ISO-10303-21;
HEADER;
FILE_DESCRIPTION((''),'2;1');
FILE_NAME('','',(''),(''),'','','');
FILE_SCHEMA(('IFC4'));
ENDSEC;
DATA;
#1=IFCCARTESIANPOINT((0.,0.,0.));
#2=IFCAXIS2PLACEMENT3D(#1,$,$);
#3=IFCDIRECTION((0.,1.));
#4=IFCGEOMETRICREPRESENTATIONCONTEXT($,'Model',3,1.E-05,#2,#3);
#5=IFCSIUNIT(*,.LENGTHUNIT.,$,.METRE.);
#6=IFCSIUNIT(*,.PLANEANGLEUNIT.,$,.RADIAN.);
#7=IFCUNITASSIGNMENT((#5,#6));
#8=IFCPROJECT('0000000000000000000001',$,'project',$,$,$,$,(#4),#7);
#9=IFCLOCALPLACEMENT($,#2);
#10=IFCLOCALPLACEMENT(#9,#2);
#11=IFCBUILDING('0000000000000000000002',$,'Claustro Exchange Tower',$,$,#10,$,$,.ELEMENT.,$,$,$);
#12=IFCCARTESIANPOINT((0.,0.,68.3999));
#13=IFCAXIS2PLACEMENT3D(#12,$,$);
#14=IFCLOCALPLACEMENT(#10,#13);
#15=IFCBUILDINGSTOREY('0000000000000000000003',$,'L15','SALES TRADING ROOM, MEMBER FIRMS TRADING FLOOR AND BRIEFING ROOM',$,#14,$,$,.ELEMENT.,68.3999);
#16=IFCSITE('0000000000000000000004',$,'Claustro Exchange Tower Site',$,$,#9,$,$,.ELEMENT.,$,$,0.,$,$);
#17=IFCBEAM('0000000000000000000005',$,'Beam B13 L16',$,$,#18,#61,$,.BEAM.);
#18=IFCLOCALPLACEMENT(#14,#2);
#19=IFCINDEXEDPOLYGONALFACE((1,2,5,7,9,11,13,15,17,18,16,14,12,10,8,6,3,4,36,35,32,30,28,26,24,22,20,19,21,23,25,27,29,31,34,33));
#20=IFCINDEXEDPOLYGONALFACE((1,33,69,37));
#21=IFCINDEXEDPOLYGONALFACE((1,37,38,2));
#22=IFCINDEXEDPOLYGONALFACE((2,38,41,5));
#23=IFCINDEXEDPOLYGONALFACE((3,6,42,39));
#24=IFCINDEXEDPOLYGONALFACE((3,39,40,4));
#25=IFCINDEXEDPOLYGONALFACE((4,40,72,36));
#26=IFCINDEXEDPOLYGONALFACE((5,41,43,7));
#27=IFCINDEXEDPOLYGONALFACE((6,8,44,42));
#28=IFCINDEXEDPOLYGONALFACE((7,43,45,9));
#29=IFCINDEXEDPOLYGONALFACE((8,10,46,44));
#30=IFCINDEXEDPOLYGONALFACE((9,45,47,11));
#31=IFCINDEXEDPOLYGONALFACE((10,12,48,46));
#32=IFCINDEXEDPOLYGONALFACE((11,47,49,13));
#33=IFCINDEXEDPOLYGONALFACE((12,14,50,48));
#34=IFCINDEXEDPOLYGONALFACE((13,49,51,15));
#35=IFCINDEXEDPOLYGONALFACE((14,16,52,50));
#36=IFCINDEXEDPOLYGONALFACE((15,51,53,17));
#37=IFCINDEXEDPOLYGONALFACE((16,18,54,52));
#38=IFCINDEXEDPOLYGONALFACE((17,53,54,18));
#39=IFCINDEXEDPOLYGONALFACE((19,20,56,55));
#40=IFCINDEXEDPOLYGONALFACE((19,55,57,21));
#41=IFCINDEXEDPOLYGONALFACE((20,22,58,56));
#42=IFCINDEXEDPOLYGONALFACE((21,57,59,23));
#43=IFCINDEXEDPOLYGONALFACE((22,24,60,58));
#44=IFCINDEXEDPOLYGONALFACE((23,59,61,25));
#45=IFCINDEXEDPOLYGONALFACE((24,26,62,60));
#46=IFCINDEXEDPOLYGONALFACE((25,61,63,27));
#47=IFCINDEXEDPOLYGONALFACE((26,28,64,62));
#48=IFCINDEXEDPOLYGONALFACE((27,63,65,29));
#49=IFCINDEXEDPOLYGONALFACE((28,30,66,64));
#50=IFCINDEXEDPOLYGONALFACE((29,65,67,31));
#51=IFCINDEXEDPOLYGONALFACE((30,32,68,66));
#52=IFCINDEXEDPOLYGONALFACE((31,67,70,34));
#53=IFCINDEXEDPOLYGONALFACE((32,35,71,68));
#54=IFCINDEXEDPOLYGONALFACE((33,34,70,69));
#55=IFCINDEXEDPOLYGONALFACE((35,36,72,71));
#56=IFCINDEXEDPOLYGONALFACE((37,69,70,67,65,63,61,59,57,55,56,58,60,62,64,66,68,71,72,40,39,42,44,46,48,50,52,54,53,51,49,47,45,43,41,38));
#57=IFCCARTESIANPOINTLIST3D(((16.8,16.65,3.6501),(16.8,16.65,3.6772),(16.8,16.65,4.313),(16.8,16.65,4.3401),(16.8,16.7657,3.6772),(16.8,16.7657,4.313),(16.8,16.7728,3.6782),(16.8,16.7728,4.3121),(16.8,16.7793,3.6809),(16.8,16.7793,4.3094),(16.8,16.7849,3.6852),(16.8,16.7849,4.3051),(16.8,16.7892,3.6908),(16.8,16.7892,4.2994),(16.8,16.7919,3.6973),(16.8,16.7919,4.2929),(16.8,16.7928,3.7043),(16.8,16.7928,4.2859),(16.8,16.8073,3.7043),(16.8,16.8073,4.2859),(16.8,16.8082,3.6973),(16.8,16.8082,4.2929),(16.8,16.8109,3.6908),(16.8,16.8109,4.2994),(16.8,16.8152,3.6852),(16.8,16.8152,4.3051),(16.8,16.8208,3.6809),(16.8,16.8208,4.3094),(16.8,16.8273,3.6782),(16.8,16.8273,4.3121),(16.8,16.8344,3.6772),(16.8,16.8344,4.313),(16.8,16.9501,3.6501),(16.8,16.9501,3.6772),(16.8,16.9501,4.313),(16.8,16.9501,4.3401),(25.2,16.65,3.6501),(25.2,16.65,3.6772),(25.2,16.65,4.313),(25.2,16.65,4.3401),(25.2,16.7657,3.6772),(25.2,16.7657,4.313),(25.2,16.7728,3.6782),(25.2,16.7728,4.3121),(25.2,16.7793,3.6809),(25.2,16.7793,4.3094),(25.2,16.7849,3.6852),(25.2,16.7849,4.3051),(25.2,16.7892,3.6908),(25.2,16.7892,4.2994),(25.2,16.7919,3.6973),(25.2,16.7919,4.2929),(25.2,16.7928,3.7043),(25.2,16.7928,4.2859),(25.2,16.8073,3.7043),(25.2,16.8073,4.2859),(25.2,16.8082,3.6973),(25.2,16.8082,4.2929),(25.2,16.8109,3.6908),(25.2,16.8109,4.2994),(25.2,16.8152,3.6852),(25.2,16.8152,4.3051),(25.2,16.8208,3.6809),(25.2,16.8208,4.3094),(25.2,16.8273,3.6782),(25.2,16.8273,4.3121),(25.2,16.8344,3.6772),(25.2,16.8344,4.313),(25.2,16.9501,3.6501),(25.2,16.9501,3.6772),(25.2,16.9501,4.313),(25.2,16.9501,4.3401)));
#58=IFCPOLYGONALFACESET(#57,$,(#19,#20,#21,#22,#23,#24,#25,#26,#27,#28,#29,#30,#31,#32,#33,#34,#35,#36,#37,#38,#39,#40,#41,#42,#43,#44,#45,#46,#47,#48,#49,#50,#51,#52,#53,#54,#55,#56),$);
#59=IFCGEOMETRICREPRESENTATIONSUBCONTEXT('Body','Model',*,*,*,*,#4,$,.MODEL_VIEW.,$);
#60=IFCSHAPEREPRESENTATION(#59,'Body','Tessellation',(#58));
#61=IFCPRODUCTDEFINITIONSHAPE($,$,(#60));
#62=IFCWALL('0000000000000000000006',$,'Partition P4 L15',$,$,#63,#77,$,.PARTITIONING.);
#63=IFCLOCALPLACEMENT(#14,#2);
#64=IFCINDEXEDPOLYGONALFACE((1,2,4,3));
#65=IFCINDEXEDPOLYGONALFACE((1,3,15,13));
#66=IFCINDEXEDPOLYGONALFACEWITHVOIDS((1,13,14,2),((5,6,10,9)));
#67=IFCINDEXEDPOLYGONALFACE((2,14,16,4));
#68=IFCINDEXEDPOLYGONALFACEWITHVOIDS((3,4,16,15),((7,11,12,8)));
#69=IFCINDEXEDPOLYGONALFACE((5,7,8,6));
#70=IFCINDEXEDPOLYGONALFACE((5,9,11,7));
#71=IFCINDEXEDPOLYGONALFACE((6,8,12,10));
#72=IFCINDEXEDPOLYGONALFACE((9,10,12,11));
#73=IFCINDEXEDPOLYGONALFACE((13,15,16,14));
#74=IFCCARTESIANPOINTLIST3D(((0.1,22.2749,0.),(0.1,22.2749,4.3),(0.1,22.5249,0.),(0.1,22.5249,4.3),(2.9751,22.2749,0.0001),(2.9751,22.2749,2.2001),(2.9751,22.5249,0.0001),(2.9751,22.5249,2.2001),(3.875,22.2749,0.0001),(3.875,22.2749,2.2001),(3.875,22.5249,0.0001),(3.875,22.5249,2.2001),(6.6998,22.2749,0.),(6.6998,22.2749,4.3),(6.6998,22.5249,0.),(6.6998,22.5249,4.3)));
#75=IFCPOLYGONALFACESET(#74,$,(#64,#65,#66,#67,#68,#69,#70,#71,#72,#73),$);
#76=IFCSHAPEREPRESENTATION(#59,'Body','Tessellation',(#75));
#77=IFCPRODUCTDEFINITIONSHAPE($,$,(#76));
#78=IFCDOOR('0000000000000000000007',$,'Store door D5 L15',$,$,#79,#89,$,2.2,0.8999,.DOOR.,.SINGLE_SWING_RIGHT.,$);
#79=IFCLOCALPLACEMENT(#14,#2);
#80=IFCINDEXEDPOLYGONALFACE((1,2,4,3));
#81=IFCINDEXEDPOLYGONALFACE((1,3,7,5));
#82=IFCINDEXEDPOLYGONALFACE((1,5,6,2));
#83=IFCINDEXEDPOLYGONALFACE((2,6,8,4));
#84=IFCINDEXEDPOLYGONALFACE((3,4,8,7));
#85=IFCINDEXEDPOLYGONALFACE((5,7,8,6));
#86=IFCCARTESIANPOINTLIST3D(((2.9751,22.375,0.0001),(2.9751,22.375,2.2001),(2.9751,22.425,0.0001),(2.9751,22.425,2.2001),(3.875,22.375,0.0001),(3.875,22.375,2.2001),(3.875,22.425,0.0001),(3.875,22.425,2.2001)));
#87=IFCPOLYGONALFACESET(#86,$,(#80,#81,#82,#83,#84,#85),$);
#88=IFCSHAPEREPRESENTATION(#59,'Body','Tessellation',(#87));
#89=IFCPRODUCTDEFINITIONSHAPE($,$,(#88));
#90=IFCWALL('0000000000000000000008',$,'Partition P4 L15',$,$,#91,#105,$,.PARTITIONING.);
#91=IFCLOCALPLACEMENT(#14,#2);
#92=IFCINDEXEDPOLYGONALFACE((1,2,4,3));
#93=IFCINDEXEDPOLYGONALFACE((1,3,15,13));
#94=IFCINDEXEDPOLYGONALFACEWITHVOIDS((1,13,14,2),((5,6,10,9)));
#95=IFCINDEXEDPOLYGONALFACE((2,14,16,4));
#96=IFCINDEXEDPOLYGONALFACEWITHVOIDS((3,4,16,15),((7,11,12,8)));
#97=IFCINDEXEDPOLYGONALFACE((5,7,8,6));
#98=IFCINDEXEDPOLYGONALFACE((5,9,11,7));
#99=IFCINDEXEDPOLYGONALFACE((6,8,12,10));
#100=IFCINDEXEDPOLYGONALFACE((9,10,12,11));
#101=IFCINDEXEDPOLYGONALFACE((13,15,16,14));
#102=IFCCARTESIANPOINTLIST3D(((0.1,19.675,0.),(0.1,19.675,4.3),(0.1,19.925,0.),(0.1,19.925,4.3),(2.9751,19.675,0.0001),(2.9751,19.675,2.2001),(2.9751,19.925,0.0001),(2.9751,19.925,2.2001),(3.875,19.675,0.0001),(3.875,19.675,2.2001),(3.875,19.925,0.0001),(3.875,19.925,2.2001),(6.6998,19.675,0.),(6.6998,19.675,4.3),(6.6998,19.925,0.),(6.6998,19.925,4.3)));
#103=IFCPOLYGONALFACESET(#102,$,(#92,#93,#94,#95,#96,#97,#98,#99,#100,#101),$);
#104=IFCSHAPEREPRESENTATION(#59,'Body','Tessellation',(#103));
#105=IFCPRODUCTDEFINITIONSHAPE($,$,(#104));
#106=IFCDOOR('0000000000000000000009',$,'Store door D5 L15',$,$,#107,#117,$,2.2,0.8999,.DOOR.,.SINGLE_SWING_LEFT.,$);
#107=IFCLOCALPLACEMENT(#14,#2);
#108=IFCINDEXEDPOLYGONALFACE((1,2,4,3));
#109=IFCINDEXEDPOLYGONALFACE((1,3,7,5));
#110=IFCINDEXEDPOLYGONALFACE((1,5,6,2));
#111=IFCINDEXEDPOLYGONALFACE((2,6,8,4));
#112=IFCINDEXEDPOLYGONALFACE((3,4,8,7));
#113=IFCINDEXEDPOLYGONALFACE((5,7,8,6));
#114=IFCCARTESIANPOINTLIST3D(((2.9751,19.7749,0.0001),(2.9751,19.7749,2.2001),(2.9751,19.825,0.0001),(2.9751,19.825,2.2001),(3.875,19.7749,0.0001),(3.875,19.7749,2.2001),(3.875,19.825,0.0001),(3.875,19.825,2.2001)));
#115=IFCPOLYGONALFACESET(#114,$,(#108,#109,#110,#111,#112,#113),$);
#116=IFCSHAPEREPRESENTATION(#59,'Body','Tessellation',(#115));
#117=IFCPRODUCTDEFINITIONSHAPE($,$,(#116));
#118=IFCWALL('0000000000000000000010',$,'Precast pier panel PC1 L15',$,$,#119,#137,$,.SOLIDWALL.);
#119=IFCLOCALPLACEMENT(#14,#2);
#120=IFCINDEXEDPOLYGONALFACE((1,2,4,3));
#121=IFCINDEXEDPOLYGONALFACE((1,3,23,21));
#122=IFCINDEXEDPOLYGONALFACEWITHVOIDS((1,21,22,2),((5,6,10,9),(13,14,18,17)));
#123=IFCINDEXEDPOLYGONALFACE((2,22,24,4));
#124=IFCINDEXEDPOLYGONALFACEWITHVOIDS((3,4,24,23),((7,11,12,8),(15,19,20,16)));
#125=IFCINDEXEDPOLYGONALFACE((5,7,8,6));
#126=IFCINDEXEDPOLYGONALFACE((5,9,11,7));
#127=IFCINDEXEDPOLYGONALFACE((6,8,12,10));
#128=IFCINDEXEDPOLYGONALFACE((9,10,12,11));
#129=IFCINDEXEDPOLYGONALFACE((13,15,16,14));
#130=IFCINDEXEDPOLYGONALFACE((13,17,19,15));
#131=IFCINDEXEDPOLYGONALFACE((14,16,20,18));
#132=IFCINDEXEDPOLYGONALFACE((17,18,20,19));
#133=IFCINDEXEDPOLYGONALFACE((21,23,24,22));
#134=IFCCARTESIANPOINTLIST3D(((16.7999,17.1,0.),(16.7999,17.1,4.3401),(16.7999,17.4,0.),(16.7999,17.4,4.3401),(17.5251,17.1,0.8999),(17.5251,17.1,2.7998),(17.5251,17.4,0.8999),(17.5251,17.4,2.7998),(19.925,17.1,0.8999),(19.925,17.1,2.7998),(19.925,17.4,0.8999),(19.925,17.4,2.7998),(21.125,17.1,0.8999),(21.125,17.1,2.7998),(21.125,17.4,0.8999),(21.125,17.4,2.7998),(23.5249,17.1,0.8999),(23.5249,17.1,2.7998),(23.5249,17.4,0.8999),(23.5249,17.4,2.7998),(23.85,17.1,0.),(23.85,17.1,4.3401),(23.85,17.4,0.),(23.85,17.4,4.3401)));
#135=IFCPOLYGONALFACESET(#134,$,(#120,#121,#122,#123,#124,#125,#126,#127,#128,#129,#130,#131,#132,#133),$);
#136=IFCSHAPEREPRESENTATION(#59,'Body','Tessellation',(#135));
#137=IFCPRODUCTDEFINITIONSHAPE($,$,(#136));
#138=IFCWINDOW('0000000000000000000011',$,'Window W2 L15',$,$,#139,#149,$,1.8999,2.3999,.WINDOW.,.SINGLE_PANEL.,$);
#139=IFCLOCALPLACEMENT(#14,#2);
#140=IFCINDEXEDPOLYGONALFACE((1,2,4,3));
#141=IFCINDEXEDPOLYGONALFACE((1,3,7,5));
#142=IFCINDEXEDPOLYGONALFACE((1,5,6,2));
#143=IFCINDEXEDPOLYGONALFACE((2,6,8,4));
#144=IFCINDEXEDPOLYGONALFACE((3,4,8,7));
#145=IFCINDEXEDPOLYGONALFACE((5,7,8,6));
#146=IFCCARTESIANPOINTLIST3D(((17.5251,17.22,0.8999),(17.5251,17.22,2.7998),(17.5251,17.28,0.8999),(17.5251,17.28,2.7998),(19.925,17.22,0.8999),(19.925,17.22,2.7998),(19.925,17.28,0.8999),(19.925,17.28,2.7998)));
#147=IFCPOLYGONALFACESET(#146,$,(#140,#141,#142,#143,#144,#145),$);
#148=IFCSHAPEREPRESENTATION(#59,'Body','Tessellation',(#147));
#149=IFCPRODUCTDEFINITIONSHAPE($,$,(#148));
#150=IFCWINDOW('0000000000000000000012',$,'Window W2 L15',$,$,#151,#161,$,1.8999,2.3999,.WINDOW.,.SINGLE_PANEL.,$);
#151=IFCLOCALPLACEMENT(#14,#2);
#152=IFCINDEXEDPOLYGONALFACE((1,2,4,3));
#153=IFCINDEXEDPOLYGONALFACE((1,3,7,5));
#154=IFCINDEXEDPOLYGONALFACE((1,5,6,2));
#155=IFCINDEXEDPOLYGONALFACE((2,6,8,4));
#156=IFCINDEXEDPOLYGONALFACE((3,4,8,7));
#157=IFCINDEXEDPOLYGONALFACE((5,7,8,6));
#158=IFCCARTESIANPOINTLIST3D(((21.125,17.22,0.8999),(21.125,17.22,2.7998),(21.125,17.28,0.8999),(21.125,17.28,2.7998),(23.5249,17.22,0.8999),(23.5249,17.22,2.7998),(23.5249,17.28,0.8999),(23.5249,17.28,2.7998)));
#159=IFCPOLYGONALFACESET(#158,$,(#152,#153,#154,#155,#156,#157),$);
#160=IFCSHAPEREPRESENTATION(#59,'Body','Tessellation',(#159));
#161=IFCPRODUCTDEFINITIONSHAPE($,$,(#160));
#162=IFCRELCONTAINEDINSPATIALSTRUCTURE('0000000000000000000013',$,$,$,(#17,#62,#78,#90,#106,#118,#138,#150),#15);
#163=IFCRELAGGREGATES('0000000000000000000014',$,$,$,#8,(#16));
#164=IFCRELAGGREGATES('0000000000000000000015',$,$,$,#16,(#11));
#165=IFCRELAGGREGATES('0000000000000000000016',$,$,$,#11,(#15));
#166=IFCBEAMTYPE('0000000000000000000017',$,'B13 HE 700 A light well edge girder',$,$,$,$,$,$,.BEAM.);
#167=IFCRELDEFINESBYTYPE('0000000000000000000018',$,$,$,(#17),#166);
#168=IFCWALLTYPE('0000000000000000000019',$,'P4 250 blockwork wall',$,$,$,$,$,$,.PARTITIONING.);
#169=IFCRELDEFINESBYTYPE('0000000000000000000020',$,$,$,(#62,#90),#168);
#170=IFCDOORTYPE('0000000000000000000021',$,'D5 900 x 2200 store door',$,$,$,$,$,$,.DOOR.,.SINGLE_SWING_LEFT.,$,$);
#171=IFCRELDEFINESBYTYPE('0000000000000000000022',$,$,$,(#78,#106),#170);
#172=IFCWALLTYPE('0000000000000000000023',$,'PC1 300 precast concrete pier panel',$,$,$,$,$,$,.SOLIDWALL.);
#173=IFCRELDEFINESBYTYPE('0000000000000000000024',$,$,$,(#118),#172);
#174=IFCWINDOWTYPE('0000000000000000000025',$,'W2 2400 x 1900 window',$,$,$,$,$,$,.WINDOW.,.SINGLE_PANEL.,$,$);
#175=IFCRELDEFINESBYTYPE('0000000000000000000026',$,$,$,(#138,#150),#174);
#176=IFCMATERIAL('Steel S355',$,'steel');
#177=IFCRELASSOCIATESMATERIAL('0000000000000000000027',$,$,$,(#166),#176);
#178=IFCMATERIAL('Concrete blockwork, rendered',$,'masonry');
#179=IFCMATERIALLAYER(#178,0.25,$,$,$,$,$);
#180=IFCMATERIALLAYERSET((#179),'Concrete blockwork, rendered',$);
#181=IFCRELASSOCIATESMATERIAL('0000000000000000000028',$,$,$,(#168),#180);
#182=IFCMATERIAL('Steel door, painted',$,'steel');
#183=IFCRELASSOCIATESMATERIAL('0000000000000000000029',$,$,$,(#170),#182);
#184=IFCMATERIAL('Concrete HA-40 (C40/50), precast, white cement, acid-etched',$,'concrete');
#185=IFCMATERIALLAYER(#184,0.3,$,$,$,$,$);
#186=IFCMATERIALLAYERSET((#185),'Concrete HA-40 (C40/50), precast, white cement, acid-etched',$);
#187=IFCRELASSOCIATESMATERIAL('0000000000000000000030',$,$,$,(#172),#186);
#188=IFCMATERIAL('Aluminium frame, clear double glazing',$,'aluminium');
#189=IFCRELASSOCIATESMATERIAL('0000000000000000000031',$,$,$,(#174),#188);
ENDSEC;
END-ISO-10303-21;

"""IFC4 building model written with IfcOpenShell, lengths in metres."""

from ifc_helpers import new_model, si_unit, direction, frame, frame_2d, origin, origin_2d, place, context, subcontext, project, spatial, rectangle, i_section, extrude, material, layer, layer_set, material_profile, profile_set, type_object, element, fill, save


model = new_model("IFC4")

# Units and contexts
model_context = context("Model", 3, precision=1e-05, world=origin(), true_north=direction((0.0, 1.0)))
body_context = subcontext(model_context, "Body", "Model", "MODEL_VIEW")
ifc_project = project(units=[si_unit("LENGTHUNIT", "METRE"), si_unit("PLANEANGLEUNIT", "RADIAN")], contexts=[model_context])

# Site, building, storey
site_placement = place(None, origin())
site = spatial("IfcSite", under=ifc_project, at=site_placement, Name="Claustro Exchange Tower Site", CompositionType="ELEMENT", RefElevation=0.0)
building_placement = place(site_placement, origin())
building = spatial("IfcBuilding", under=site, at=building_placement, Name="Claustro Exchange Tower", CompositionType="ELEMENT")
storey_placement = place(building_placement, frame((0.0, 0.0, 68.3999)))
storey = spatial("IfcBuildingStorey", under=building, at=storey_placement, Name="L15", Description="SALES TRADING ROOM, MEMBER FIRMS TRADING FLOOR AND BRIEFING ROOM", CompositionType="ELEMENT", Elevation=68.3999)

# Beam
ifc_material_1 = material(Name="Steel S355", Category="steel")
ifc_material_profile = material_profile(ifc_material_1, i_section(OverallWidth=0.3, OverallDepth=0.6899, WebThickness=0.0144, FlangeThickness=0.0271, FilletRadius=0.0271, at=origin_2d()), Name="HE 700 A")
ifc_profile_set = profile_set([ifc_material_profile], Name="Steel S355")
beam_type = type_object("IfcBeamType", Name="B13 HE 700 A light well edge girder", PredefinedType="BEAM", material=ifc_profile_set)
beam_placement = place(storey_placement, frame((16.8, 16.8, 3.9951), z_axis=(1.0, 0.0, 0.0), x_axis=(0.0, 1.0, 0.0)))
element("IfcBeam", 1, at=beam_placement, inside=storey, type_object=beam_type, Name="Beam B13 L16", PredefinedType="BEAM", context=body_context, shape_type="SweptSolid", body=[
    extrude(i_section(OverallWidth=0.3, OverallDepth=0.6899, WebThickness=0.0144, FlangeThickness=0.0271, FilletRadius=0.0271, at=origin_2d()), origin(), (0.0, 0.0, 1.0), 8.3999),
])

# Walls, openings, doors
ifc_material_2 = material(Name="Concrete blockwork, rendered", Category="masonry")
ifc_layer_1 = layer(ifc_material_2, 0.25)
ifc_layer_set_1 = layer_set([ifc_layer_1], Name="Concrete blockwork, rendered")
wall_type_1 = type_object("IfcWallType", Name="P4 250 blockwork wall", PredefinedType="PARTITIONING", material=ifc_layer_set_1)
wall_1_placement = place(storey_placement, frame((0.1001, 22.3999, 0.0), z_axis=(0.0, 0.0, 1.0), x_axis=(1.0, 0.0, 0.0)))
wall_1 = element("IfcWall", 2, at=wall_1_placement, inside=storey, type_object=wall_type_1, Name="Partition P4 L15", PredefinedType="PARTITIONING", context=body_context, shape_type="SweptSolid", body=[
    extrude(rectangle(XDim=6.5999, YDim=0.25, at=frame_2d((3.2998, 0.0))), origin(), (0.0, 0.0, 1.0), 4.3),
])
opening_1_placement = place(wall_1_placement, frame((2.875, 0.0, 0.0)))
opening_1 = element("IfcOpeningElement", 3, at=opening_1_placement, cuts=wall_1, PredefinedType="OPENING", context=body_context, shape_type="SweptSolid", body=[
    extrude(rectangle(XDim=0.8999, YDim=2.2, at=frame_2d((0.45, 1.1001))), frame((0.0, 0.135, 0.0), z_axis=(0.0, -1.0, 0.0), x_axis=(1.0, 0.0, 0.0)), (0.0, 0.0, 1.0), 0.27),
])
ifc_material_3 = material(Name="Steel door, painted", Category="steel")
door_type = type_object("IfcDoorType", Name="D5 900 x 2200 store door", OperationType="SINGLE_SWING_LEFT", PredefinedType="DOOR", material=ifc_material_3)
door_1_placement = place(opening_1_placement, frame((0.8999, 0.0, 0.0), z_axis=(0.0, 0.0, 1.0), x_axis=(-1.0, 0.0, 0.0)))
door_1 = element("IfcDoor", 4, at=door_1_placement, inside=storey, type_object=door_type, Name="Store door D5 L15", OperationType="SINGLE_SWING_RIGHT", OverallHeight=2.2, OverallWidth=0.8999, PredefinedType="DOOR", context=body_context, shape_type="SweptSolid", body=[
    extrude(rectangle(XDim=0.8999, YDim=2.2, at=frame_2d((0.45, 1.1001))), frame((0.0, 0.0249, 0.0), z_axis=(0.0, -1.0, 0.0), x_axis=(1.0, 0.0, 0.0)), (0.0, 0.0, 1.0), 0.05),
])
fill(opening_1, door_1)
wall_2_placement = place(storey_placement, frame((0.1001, 19.8, 0.0), z_axis=(0.0, 0.0, 1.0), x_axis=(1.0, 0.0, 0.0)))
wall_2 = element("IfcWall", 5, at=wall_2_placement, inside=storey, type_object=wall_type_1, Name="Partition P4 L15", PredefinedType="PARTITIONING", context=body_context, shape_type="SweptSolid", body=[
    extrude(rectangle(XDim=6.5999, YDim=0.25, at=frame_2d((3.2998, 0.0))), origin(), (0.0, 0.0, 1.0), 4.3),
])
opening_2_placement = place(wall_2_placement, frame((2.875, 0.0, 0.0)))
opening_2 = element("IfcOpeningElement", 6, at=opening_2_placement, cuts=wall_2, PredefinedType="OPENING", context=body_context, shape_type="SweptSolid", body=[
    extrude(rectangle(XDim=0.8999, YDim=2.2, at=frame_2d((0.45, 1.1001))), frame((0.0, 0.135, 0.0), z_axis=(0.0, -1.0, 0.0), x_axis=(1.0, 0.0, 0.0)), (0.0, 0.0, 1.0), 0.27),
])
door_2_placement = place(opening_2_placement, origin())
door_2 = element("IfcDoor", 7, at=door_2_placement, inside=storey, type_object=door_type, Name="Store door D5 L15", OperationType="SINGLE_SWING_LEFT", OverallHeight=2.2, OverallWidth=0.8999, PredefinedType="DOOR", context=body_context, shape_type="SweptSolid", body=[
    extrude(rectangle(XDim=0.8999, YDim=2.2, at=frame_2d((0.45, 1.1001))), frame((0.0, 0.0249, 0.0), z_axis=(0.0, -1.0, 0.0), x_axis=(1.0, 0.0, 0.0)), (0.0, 0.0, 1.0), 0.05),
])
fill(opening_2, door_2)

# Wall, openings, windows
ifc_material_4 = material(Name="Concrete HA-40 (C40/50), precast, white cement, acid-etched", Category="concrete")
ifc_layer_2 = layer(ifc_material_4, 0.3)
ifc_layer_set_2 = layer_set([ifc_layer_2], Name="Concrete HA-40 (C40/50), precast, white cement, acid-etched")
wall_type_2 = type_object("IfcWallType", Name="PC1 300 precast concrete pier panel", PredefinedType="SOLIDWALL", material=ifc_layer_set_2)
wall_3_placement = place(storey_placement, frame((16.8, 17.25, 0.0), z_axis=(0.0, 0.0, 1.0), x_axis=(1.0, 0.0, 0.0)))
wall_3 = element("IfcWall", 8, at=wall_3_placement, inside=storey, type_object=wall_type_2, Name="Precast pier panel PC1 L15", PredefinedType="SOLIDWALL", context=body_context, shape_type="SweptSolid", body=[
    extrude(rectangle(XDim=7.05, YDim=0.3, at=frame_2d((3.5249, 0.0))), origin(), (0.0, 0.0, 1.0), 4.3401),
])
opening_3_placement = place(wall_3_placement, frame((0.7251, 0.0, 0.8999)))
opening_3 = element("IfcOpeningElement", 9, at=opening_3_placement, cuts=wall_3, PredefinedType="OPENING", context=body_context, shape_type="SweptSolid", body=[
    extrude(rectangle(XDim=2.3999, YDim=1.8999, at=frame_2d((1.2, 0.95))), frame((0.0, 0.1599, 0.0), z_axis=(0.0, -1.0, 0.0), x_axis=(1.0, 0.0, 0.0)), (0.0, 0.0, 1.0), 0.3201),
])
opening_4_placement = place(wall_3_placement, frame((4.325, 0.0, 0.8999)))
opening_4 = element("IfcOpeningElement", 10, at=opening_4_placement, cuts=wall_3, PredefinedType="OPENING", context=body_context, shape_type="SweptSolid", body=[
    extrude(rectangle(XDim=2.3999, YDim=1.8999, at=frame_2d((1.2, 0.95))), frame((0.0, 0.1599, 0.0), z_axis=(0.0, -1.0, 0.0), x_axis=(1.0, 0.0, 0.0)), (0.0, 0.0, 1.0), 0.3201),
])
ifc_material_5 = material(Name="Aluminium frame, clear double glazing", Category="aluminium")
window_type = type_object("IfcWindowType", Name="W2 2400 x 1900 window", PartitioningType="SINGLE_PANEL", PredefinedType="WINDOW", material=ifc_material_5)
window_1_placement = place(opening_3_placement, origin())
window_1 = element("IfcWindow", 11, at=window_1_placement, inside=storey, type_object=window_type, Name="Window W2 L15", OverallHeight=1.8999, OverallWidth=2.3999, PartitioningType="SINGLE_PANEL", PredefinedType="WINDOW", context=body_context, shape_type="SweptSolid", body=[
    extrude(rectangle(XDim=2.3999, YDim=1.8999, at=frame_2d((1.2, 0.95))), frame((0.0, 0.03, 0.0), z_axis=(0.0, -1.0, 0.0), x_axis=(1.0, 0.0, 0.0)), (0.0, 0.0, 1.0), 0.0601),
])
fill(opening_3, window_1)
window_2_placement = place(opening_4_placement, origin())
window_2 = element("IfcWindow", 12, at=window_2_placement, inside=storey, type_object=window_type, Name="Window W2 L15", OverallHeight=1.8999, OverallWidth=2.3999, PartitioningType="SINGLE_PANEL", PredefinedType="WINDOW", context=body_context, shape_type="SweptSolid", body=[
    extrude(rectangle(XDim=2.3999, YDim=1.8999, at=frame_2d((1.2, 0.95))), frame((0.0, 0.03, 0.0), z_axis=(0.0, -1.0, 0.0), x_axis=(1.0, 0.0, 0.0)), (0.0, 0.0, 1.0), 0.0601),
])
fill(opening_4, window_2)

save(model, "model.ifc")
